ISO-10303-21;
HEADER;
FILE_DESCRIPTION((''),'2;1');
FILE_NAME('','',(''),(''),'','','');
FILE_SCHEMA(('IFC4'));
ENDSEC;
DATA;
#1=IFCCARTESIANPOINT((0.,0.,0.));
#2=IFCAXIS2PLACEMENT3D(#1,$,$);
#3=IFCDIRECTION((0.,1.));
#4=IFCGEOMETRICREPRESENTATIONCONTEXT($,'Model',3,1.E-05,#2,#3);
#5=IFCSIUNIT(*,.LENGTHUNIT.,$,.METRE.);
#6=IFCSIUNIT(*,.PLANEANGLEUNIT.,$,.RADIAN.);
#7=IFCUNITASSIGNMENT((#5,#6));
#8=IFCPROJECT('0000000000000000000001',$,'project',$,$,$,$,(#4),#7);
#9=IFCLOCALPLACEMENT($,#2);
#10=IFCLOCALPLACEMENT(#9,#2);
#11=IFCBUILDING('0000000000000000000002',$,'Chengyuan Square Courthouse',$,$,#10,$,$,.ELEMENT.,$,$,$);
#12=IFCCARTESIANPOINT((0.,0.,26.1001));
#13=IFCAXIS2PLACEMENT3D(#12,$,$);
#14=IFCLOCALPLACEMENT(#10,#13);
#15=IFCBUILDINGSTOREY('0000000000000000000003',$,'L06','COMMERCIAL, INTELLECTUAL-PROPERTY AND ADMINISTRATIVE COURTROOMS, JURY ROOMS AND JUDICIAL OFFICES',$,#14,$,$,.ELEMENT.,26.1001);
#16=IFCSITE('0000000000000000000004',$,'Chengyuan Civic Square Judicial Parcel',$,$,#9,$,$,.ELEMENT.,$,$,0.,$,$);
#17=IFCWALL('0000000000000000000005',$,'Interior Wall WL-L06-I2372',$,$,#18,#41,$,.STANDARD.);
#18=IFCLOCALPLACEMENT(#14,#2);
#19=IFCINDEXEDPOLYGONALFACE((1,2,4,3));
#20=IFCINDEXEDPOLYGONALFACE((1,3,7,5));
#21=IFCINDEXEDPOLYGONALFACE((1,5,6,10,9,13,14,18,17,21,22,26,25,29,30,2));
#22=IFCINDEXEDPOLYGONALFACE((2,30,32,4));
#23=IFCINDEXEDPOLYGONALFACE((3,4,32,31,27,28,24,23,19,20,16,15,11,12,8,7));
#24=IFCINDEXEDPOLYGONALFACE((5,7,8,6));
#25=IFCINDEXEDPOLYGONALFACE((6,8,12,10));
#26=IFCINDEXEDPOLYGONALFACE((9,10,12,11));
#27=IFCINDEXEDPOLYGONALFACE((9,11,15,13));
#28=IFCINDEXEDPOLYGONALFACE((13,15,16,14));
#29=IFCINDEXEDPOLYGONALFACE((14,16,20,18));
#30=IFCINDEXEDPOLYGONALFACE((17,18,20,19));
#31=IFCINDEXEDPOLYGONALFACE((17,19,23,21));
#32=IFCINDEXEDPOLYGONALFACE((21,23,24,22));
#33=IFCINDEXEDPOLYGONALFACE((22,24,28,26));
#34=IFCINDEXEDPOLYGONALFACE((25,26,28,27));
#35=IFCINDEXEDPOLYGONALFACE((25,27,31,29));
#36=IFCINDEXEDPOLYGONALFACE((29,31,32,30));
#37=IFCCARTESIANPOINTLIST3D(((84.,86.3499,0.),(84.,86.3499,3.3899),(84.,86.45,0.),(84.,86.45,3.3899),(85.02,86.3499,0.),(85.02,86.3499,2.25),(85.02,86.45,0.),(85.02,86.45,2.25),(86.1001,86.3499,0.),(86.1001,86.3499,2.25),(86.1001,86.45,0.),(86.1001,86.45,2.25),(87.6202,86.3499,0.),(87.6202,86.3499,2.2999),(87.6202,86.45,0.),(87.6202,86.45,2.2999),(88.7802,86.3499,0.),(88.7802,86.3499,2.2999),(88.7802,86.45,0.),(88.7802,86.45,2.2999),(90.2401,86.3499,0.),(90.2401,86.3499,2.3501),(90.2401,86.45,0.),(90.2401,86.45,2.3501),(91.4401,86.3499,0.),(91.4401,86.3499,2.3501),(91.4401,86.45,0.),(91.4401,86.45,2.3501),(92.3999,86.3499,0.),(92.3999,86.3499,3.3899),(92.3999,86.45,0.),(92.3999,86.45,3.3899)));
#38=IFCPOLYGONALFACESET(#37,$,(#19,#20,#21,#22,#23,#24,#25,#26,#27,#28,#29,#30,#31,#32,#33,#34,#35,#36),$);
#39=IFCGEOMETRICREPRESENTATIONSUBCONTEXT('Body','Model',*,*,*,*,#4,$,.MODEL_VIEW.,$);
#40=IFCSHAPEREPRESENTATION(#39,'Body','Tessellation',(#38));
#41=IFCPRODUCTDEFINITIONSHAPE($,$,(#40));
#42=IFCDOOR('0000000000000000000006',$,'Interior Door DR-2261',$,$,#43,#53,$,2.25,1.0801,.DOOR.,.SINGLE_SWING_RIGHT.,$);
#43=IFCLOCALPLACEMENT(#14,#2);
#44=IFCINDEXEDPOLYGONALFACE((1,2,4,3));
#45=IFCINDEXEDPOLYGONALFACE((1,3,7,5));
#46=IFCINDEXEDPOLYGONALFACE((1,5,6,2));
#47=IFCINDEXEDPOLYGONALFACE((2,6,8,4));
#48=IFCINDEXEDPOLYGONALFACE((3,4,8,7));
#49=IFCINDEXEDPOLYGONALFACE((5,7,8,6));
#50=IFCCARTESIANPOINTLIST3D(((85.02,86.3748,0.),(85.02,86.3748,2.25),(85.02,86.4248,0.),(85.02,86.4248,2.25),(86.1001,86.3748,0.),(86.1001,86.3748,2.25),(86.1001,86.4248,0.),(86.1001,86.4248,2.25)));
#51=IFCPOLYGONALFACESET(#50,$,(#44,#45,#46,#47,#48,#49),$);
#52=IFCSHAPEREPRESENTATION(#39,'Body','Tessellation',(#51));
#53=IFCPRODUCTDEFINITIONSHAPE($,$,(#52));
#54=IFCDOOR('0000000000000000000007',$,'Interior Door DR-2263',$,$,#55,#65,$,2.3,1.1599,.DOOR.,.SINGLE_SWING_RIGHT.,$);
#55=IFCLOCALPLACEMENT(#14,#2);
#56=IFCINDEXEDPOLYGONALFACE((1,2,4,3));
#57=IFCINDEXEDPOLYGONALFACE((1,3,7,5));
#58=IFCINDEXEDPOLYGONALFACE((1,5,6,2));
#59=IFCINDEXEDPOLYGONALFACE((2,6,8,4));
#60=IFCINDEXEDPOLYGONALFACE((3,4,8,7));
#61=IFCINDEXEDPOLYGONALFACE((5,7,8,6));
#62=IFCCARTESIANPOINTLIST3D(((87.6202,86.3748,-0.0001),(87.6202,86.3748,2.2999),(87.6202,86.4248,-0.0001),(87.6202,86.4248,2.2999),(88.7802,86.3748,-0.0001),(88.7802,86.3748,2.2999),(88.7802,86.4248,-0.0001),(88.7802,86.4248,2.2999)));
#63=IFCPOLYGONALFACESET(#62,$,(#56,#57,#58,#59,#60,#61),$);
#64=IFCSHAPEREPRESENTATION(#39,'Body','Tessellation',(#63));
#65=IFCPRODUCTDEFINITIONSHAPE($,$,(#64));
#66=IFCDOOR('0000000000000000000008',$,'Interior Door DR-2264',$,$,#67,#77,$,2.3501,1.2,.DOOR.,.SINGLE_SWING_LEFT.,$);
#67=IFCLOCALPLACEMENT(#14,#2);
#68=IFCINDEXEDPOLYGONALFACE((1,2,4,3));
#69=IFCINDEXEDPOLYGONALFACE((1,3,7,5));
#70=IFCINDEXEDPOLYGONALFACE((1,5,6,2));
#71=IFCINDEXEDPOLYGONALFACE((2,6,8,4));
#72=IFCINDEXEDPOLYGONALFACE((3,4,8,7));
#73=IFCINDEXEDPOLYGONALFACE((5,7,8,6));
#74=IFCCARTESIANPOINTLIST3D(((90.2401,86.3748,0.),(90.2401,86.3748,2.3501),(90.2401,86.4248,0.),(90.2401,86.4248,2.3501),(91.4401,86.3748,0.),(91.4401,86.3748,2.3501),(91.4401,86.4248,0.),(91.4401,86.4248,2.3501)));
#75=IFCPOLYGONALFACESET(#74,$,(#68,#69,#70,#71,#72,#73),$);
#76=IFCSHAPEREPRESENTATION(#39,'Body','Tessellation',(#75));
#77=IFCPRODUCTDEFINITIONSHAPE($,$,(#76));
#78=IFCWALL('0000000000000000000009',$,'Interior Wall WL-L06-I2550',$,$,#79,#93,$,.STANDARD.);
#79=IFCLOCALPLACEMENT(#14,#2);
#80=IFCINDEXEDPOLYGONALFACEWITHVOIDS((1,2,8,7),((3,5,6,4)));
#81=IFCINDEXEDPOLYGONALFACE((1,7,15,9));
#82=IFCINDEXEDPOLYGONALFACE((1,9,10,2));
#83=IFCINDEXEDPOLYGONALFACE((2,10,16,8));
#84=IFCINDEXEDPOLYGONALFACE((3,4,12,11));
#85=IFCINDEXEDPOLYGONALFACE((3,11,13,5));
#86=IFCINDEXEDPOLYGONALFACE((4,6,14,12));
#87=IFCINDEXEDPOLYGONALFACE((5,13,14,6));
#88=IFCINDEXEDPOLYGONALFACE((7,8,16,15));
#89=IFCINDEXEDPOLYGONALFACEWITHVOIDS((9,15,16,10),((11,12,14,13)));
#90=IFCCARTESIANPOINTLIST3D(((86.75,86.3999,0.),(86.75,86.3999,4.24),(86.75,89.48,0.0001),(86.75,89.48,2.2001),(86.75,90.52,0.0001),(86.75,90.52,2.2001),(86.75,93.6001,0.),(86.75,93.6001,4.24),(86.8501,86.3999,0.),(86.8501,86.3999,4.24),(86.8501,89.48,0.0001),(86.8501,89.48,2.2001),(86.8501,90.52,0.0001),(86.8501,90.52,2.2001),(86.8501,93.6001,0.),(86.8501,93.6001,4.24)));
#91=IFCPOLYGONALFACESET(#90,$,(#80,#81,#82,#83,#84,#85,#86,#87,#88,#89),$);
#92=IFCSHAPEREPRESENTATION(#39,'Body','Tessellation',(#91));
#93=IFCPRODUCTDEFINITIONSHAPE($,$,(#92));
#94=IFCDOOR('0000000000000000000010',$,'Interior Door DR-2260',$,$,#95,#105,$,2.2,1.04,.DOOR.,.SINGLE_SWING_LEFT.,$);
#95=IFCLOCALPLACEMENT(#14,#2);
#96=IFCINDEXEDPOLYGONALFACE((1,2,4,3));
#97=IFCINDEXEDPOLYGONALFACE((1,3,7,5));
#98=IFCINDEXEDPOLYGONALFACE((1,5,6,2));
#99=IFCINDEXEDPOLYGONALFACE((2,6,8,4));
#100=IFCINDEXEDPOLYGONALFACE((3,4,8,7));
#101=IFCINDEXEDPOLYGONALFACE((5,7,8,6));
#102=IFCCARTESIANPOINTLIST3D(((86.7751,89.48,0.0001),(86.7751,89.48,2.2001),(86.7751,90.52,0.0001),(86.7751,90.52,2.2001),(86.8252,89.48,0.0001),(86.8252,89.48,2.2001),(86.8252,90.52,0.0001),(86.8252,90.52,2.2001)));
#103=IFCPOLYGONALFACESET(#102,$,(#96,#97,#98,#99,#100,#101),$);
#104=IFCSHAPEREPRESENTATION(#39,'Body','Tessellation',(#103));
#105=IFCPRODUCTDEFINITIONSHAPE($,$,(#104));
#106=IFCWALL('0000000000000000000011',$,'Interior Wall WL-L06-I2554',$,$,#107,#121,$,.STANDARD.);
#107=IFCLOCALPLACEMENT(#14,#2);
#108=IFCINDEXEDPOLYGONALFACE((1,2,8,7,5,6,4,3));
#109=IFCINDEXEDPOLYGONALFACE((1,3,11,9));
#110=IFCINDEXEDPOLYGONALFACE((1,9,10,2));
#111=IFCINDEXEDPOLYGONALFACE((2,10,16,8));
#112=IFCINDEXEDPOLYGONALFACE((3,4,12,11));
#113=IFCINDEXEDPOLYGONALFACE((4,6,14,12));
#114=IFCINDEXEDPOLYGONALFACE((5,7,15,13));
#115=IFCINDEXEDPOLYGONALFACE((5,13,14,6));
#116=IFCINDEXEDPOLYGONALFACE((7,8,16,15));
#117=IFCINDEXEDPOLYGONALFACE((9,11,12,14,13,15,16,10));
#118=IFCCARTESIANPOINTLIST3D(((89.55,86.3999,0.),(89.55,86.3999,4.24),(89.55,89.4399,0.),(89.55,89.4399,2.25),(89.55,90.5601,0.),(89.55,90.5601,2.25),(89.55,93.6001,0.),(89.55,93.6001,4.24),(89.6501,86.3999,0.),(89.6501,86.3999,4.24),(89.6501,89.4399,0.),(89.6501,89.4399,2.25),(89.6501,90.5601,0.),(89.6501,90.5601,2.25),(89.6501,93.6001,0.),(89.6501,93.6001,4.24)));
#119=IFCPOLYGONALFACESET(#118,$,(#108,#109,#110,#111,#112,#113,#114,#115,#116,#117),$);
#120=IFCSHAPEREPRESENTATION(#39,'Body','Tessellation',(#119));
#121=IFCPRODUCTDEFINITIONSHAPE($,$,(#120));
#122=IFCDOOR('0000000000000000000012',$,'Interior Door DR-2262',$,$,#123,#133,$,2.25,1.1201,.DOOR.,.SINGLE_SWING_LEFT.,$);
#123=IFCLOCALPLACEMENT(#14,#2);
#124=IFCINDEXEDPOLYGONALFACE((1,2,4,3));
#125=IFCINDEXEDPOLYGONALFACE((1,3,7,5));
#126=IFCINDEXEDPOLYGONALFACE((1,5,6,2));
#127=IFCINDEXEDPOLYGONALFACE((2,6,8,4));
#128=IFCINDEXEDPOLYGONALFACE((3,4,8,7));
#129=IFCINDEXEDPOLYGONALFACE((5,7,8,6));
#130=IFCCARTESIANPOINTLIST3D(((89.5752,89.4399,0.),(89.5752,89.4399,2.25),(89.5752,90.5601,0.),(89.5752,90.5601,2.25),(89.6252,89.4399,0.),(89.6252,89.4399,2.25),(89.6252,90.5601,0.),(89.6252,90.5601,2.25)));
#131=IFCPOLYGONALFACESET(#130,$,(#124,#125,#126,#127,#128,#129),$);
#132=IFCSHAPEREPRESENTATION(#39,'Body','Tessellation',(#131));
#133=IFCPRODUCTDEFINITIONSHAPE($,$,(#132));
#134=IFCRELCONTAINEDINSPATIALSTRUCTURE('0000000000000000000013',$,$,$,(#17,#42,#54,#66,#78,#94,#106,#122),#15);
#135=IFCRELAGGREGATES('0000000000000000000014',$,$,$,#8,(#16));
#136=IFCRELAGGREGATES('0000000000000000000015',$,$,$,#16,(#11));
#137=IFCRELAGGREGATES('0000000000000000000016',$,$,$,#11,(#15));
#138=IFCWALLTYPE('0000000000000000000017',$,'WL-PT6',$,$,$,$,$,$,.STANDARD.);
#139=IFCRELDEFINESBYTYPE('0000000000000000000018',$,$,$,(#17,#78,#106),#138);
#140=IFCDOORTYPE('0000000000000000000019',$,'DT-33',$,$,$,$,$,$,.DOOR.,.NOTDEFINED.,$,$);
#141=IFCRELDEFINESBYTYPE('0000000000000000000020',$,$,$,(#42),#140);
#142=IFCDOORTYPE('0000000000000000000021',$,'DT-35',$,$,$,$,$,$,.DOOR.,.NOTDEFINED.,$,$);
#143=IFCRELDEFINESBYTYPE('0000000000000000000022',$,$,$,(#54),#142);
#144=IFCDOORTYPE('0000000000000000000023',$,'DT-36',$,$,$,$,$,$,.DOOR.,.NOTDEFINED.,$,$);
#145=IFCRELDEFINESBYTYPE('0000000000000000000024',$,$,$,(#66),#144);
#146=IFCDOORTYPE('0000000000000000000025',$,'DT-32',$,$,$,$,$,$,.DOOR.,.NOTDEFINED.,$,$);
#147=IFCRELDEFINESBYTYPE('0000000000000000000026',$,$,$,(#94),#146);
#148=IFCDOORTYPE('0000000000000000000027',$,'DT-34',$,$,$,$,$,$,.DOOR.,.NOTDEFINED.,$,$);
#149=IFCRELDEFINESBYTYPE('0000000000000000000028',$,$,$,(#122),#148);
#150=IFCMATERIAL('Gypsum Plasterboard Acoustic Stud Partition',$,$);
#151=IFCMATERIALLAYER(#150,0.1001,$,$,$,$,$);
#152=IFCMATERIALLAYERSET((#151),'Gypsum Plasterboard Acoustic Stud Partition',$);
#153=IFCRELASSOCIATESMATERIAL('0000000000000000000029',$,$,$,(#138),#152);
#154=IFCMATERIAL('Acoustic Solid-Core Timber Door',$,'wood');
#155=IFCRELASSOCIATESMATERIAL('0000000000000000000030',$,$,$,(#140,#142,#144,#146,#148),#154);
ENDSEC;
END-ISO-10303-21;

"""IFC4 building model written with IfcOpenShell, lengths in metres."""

from ifc_helpers import new_model, si_unit, direction, frame, frame_2d, origin, place, context, subcontext, project, spatial, rectangle, extrude, material, layer, layer_set, type_object, element, fill, save


model = new_model("IFC4")

# Units and contexts
model_context = context("Model", 3, precision=1e-05, world=origin(), true_north=direction((0.0, 1.0)))
body_context = subcontext(model_context, "Body", "Model", "MODEL_VIEW")
ifc_project = project(units=[si_unit("LENGTHUNIT", "METRE"), si_unit("PLANEANGLEUNIT", "RADIAN")], contexts=[model_context])

# Site, building, storey
site_placement = place(None, origin())
site = spatial("IfcSite", under=ifc_project, at=site_placement, Name="Chengyuan Civic Square Judicial Parcel", CompositionType="ELEMENT", RefElevation=0.0)
building_placement = place(site_placement, origin())
building = spatial("IfcBuilding", under=site, at=building_placement, Name="Chengyuan Square Courthouse", CompositionType="ELEMENT")
storey_placement = place(building_placement, frame((0.0, 0.0, 26.1001)))
storey = spatial("IfcBuildingStorey", under=building, at=storey_placement, Name="L06", Description="COMMERCIAL, INTELLECTUAL-PROPERTY AND ADMINISTRATIVE COURTROOMS, JURY ROOMS AND JUDICIAL OFFICES", CompositionType="ELEMENT", Elevation=26.1001)

# Wall, openings, doors
ifc_material_1 = material(Name="Gypsum Plasterboard Acoustic Stud Partition")
ifc_layer_1 = layer(ifc_material_1, 0.1001)
ifc_layer_set_1 = layer_set([ifc_layer_1], Name="Gypsum Plasterboard Acoustic Stud Partition")
wall_type_1 = type_object("IfcWallType", Name="WL-PT6", PredefinedType="STANDARD", material=ifc_layer_set_1)
wall_1_placement = place(storey_placement, frame((84.0, 86.3999, 0.0), z_axis=(0.0, 0.0, 1.0), x_axis=(1.0, 0.0, 0.0)))
wall_1 = element("IfcWall", 1, at=wall_1_placement, inside=storey, type_object=wall_type_1, Name="Interior Wall WL-L06-I2372", PredefinedType="STANDARD", context=body_context, shape_type="SweptSolid", body=[
    extrude(rectangle(XDim=8.3999, YDim=0.1001, at=frame_2d((4.2, 0.0))), origin(), (0.0, 0.0, 1.0), 3.3899),
])
opening_1_placement = place(wall_1_placement, frame((1.02, 0.0, 0.0)))
opening_1 = element("IfcOpeningElement", 2, at=opening_1_placement, cuts=wall_1, PredefinedType="OPENING", context=body_context, shape_type="SweptSolid", body=[
    extrude(rectangle(XDim=1.0801, YDim=2.25, at=frame_2d((0.54, 1.125))), frame((0.0, 0.062, 0.0), z_axis=(0.0, -1.0, 0.0), x_axis=(1.0, 0.0, 0.0)), (0.0, 0.0, 1.0), 0.124),
])
opening_2_placement = place(wall_1_placement, frame((3.6201, 0.0, 0.0)))
opening_2 = element("IfcOpeningElement", 3, at=opening_2_placement, cuts=wall_1, PredefinedType="OPENING", context=body_context, shape_type="SweptSolid", body=[
    extrude(rectangle(XDim=1.1599, YDim=2.3, at=frame_2d((0.5801, 1.1499))), frame((0.0, 0.062, 0.0), z_axis=(0.0, -1.0, 0.0), x_axis=(1.0, 0.0, 0.0)), (0.0, 0.0, 1.0), 0.124),
])
opening_3_placement = place(wall_1_placement, frame((6.24, 0.0, 0.0)))
opening_3 = element("IfcOpeningElement", 4, at=opening_3_placement, cuts=wall_1, PredefinedType="OPENING", context=body_context, shape_type="SweptSolid", body=[
    extrude(rectangle(XDim=1.2, YDim=2.3501, at=frame_2d((0.6001, 1.175))), frame((0.0, 0.062, 0.0), z_axis=(0.0, -1.0, 0.0), x_axis=(1.0, 0.0, 0.0)), (0.0, 0.0, 1.0), 0.124),
])
ifc_material_2 = material(Name="Acoustic Solid-Core Timber Door", Category="wood")
door_type_1 = type_object("IfcDoorType", Name="DT-33", OperationType="NOTDEFINED", PredefinedType="DOOR", material=ifc_material_2)
door_1_placement = place(opening_1_placement, origin())
door_1 = element("IfcDoor", 5, at=door_1_placement, inside=storey, type_object=door_type_1, Name="Interior Door DR-2261", OperationType="SINGLE_SWING_RIGHT", OverallHeight=2.25, OverallWidth=1.0801, PredefinedType="DOOR", context=body_context, shape_type="SweptSolid", body=[
    extrude(rectangle(XDim=1.0801, YDim=2.25, at=frame_2d((0.54, 1.125))), frame((0.0, 0.0249, 0.0), z_axis=(0.0, -1.0, 0.0), x_axis=(1.0, 0.0, 0.0)), (0.0, 0.0, 1.0), 0.05),
])
fill(opening_1, door_1)
door_type_2 = type_object("IfcDoorType", Name="DT-35", OperationType="NOTDEFINED", PredefinedType="DOOR", material=ifc_material_2)
door_2_placement = place(opening_2_placement, origin())
door_2 = element("IfcDoor", 6, at=door_2_placement, inside=storey, type_object=door_type_2, Name="Interior Door DR-2263", OperationType="SINGLE_SWING_RIGHT", OverallHeight=2.3, OverallWidth=1.1599, PredefinedType="DOOR", context=body_context, shape_type="SweptSolid", body=[
    extrude(rectangle(XDim=1.1599, YDim=2.3, at=frame_2d((0.5801, 1.1499))), frame((0.0, 0.0249, 0.0), z_axis=(0.0, -1.0, 0.0), x_axis=(1.0, 0.0, 0.0)), (0.0, 0.0, 1.0), 0.05),
])
fill(opening_2, door_2)
door_type_3 = type_object("IfcDoorType", Name="DT-36", OperationType="NOTDEFINED", PredefinedType="DOOR", material=ifc_material_2)
door_3_placement = place(opening_3_placement, origin())
door_3 = element("IfcDoor", 7, at=door_3_placement, inside=storey, type_object=door_type_3, Name="Interior Door DR-2264", OperationType="SINGLE_SWING_LEFT", OverallHeight=2.3501, OverallWidth=1.2, PredefinedType="DOOR", context=body_context, shape_type="SweptSolid", body=[
    extrude(rectangle(XDim=1.2, YDim=2.3501, at=frame_2d((0.6001, 1.175))), frame((0.0, 0.0249, 0.0), z_axis=(0.0, -1.0, 0.0), x_axis=(1.0, 0.0, 0.0)), (0.0, 0.0, 1.0), 0.05),
])
fill(opening_3, door_3)

# Walls, openings, doors
wall_2_placement = place(storey_placement, frame((86.8, 86.3999, 0.0), z_axis=(0.0, 0.0, 1.0), x_axis=(0.0, 1.0, 0.0)))
wall_2 = element("IfcWall", 8, at=wall_2_placement, inside=storey, type_object=wall_type_1, Name="Interior Wall WL-L06-I2550", PredefinedType="STANDARD", context=body_context, shape_type="SweptSolid", body=[
    extrude(rectangle(XDim=7.2002, YDim=0.1001, at=frame_2d((3.6001, 0.0))), origin(), (0.0, 0.0, 1.0), 4.24),
])
opening_4_placement = place(wall_2_placement, frame((3.0801, 0.0, 0.0)))
opening_4 = element("IfcOpeningElement", 9, at=opening_4_placement, cuts=wall_2, PredefinedType="OPENING", context=body_context, shape_type="SweptSolid", body=[
    extrude(rectangle(XDim=1.04, YDim=2.2, at=frame_2d((0.52, 1.1001))), frame((0.0, 0.062, 0.0), z_axis=(0.0, -1.0, 0.0), x_axis=(1.0, 0.0, 0.0)), (0.0, 0.0, 1.0), 0.124),
])
door_type_4 = type_object("IfcDoorType", Name="DT-32", OperationType="NOTDEFINED", PredefinedType="DOOR", material=ifc_material_2)
door_4_placement = place(opening_4_placement, origin())
door_4 = element("IfcDoor", 10, at=door_4_placement, inside=storey, type_object=door_type_4, Name="Interior Door DR-2260", OperationType="SINGLE_SWING_LEFT", OverallHeight=2.2, OverallWidth=1.04, PredefinedType="DOOR", context=body_context, shape_type="SweptSolid", body=[
    extrude(rectangle(XDim=1.04, YDim=2.2, at=frame_2d((0.52, 1.1001))), frame((0.0, 0.0249, 0.0), z_axis=(0.0, -1.0, 0.0), x_axis=(1.0, 0.0, 0.0)), (0.0, 0.0, 1.0), 0.05),
])
fill(opening_4, door_4)
wall_3_placement = place(storey_placement, frame((89.6001, 86.3999, 0.0), z_axis=(0.0, 0.0, 1.0), x_axis=(0.0, 1.0, 0.0)))
wall_3 = element("IfcWall", 11, at=wall_3_placement, inside=storey, type_object=wall_type_1, Name="Interior Wall WL-L06-I2554", PredefinedType="STANDARD", context=body_context, shape_type="SweptSolid", body=[
    extrude(rectangle(XDim=7.2002, YDim=0.1001, at=frame_2d((3.6001, 0.0))), origin(), (0.0, 0.0, 1.0), 4.24),
])
opening_5_placement = place(wall_3_placement, frame((3.04, 0.0, 0.0)))
opening_5 = element("IfcOpeningElement", 12, at=opening_5_placement, cuts=wall_3, PredefinedType="OPENING", context=body_context, shape_type="SweptSolid", body=[
    extrude(rectangle(XDim=1.1201, YDim=2.25, at=frame_2d((0.5601, 1.125))), frame((0.0, 0.062, 0.0), z_axis=(0.0, -1.0, 0.0), x_axis=(1.0, 0.0, 0.0)), (0.0, 0.0, 1.0), 0.124),
])
door_type_5 = type_object("IfcDoorType", Name="DT-34", OperationType="NOTDEFINED", PredefinedType="DOOR", material=ifc_material_2)
door_5_placement = place(opening_5_placement, origin())
door_5 = element("IfcDoor", 13, at=door_5_placement, inside=storey, type_object=door_type_5, Name="Interior Door DR-2262", OperationType="SINGLE_SWING_LEFT", OverallHeight=2.25, OverallWidth=1.1201, PredefinedType="DOOR", context=body_context, shape_type="SweptSolid", body=[
    extrude(rectangle(XDim=1.1201, YDim=2.25, at=frame_2d((0.5601, 1.125))), frame((0.0, 0.0249, 0.0), z_axis=(0.0, -1.0, 0.0), x_axis=(1.0, 0.0, 0.0)), (0.0, 0.0, 1.0), 0.05),
])
fill(opening_5, door_5)

save(model, "model.ifc")
